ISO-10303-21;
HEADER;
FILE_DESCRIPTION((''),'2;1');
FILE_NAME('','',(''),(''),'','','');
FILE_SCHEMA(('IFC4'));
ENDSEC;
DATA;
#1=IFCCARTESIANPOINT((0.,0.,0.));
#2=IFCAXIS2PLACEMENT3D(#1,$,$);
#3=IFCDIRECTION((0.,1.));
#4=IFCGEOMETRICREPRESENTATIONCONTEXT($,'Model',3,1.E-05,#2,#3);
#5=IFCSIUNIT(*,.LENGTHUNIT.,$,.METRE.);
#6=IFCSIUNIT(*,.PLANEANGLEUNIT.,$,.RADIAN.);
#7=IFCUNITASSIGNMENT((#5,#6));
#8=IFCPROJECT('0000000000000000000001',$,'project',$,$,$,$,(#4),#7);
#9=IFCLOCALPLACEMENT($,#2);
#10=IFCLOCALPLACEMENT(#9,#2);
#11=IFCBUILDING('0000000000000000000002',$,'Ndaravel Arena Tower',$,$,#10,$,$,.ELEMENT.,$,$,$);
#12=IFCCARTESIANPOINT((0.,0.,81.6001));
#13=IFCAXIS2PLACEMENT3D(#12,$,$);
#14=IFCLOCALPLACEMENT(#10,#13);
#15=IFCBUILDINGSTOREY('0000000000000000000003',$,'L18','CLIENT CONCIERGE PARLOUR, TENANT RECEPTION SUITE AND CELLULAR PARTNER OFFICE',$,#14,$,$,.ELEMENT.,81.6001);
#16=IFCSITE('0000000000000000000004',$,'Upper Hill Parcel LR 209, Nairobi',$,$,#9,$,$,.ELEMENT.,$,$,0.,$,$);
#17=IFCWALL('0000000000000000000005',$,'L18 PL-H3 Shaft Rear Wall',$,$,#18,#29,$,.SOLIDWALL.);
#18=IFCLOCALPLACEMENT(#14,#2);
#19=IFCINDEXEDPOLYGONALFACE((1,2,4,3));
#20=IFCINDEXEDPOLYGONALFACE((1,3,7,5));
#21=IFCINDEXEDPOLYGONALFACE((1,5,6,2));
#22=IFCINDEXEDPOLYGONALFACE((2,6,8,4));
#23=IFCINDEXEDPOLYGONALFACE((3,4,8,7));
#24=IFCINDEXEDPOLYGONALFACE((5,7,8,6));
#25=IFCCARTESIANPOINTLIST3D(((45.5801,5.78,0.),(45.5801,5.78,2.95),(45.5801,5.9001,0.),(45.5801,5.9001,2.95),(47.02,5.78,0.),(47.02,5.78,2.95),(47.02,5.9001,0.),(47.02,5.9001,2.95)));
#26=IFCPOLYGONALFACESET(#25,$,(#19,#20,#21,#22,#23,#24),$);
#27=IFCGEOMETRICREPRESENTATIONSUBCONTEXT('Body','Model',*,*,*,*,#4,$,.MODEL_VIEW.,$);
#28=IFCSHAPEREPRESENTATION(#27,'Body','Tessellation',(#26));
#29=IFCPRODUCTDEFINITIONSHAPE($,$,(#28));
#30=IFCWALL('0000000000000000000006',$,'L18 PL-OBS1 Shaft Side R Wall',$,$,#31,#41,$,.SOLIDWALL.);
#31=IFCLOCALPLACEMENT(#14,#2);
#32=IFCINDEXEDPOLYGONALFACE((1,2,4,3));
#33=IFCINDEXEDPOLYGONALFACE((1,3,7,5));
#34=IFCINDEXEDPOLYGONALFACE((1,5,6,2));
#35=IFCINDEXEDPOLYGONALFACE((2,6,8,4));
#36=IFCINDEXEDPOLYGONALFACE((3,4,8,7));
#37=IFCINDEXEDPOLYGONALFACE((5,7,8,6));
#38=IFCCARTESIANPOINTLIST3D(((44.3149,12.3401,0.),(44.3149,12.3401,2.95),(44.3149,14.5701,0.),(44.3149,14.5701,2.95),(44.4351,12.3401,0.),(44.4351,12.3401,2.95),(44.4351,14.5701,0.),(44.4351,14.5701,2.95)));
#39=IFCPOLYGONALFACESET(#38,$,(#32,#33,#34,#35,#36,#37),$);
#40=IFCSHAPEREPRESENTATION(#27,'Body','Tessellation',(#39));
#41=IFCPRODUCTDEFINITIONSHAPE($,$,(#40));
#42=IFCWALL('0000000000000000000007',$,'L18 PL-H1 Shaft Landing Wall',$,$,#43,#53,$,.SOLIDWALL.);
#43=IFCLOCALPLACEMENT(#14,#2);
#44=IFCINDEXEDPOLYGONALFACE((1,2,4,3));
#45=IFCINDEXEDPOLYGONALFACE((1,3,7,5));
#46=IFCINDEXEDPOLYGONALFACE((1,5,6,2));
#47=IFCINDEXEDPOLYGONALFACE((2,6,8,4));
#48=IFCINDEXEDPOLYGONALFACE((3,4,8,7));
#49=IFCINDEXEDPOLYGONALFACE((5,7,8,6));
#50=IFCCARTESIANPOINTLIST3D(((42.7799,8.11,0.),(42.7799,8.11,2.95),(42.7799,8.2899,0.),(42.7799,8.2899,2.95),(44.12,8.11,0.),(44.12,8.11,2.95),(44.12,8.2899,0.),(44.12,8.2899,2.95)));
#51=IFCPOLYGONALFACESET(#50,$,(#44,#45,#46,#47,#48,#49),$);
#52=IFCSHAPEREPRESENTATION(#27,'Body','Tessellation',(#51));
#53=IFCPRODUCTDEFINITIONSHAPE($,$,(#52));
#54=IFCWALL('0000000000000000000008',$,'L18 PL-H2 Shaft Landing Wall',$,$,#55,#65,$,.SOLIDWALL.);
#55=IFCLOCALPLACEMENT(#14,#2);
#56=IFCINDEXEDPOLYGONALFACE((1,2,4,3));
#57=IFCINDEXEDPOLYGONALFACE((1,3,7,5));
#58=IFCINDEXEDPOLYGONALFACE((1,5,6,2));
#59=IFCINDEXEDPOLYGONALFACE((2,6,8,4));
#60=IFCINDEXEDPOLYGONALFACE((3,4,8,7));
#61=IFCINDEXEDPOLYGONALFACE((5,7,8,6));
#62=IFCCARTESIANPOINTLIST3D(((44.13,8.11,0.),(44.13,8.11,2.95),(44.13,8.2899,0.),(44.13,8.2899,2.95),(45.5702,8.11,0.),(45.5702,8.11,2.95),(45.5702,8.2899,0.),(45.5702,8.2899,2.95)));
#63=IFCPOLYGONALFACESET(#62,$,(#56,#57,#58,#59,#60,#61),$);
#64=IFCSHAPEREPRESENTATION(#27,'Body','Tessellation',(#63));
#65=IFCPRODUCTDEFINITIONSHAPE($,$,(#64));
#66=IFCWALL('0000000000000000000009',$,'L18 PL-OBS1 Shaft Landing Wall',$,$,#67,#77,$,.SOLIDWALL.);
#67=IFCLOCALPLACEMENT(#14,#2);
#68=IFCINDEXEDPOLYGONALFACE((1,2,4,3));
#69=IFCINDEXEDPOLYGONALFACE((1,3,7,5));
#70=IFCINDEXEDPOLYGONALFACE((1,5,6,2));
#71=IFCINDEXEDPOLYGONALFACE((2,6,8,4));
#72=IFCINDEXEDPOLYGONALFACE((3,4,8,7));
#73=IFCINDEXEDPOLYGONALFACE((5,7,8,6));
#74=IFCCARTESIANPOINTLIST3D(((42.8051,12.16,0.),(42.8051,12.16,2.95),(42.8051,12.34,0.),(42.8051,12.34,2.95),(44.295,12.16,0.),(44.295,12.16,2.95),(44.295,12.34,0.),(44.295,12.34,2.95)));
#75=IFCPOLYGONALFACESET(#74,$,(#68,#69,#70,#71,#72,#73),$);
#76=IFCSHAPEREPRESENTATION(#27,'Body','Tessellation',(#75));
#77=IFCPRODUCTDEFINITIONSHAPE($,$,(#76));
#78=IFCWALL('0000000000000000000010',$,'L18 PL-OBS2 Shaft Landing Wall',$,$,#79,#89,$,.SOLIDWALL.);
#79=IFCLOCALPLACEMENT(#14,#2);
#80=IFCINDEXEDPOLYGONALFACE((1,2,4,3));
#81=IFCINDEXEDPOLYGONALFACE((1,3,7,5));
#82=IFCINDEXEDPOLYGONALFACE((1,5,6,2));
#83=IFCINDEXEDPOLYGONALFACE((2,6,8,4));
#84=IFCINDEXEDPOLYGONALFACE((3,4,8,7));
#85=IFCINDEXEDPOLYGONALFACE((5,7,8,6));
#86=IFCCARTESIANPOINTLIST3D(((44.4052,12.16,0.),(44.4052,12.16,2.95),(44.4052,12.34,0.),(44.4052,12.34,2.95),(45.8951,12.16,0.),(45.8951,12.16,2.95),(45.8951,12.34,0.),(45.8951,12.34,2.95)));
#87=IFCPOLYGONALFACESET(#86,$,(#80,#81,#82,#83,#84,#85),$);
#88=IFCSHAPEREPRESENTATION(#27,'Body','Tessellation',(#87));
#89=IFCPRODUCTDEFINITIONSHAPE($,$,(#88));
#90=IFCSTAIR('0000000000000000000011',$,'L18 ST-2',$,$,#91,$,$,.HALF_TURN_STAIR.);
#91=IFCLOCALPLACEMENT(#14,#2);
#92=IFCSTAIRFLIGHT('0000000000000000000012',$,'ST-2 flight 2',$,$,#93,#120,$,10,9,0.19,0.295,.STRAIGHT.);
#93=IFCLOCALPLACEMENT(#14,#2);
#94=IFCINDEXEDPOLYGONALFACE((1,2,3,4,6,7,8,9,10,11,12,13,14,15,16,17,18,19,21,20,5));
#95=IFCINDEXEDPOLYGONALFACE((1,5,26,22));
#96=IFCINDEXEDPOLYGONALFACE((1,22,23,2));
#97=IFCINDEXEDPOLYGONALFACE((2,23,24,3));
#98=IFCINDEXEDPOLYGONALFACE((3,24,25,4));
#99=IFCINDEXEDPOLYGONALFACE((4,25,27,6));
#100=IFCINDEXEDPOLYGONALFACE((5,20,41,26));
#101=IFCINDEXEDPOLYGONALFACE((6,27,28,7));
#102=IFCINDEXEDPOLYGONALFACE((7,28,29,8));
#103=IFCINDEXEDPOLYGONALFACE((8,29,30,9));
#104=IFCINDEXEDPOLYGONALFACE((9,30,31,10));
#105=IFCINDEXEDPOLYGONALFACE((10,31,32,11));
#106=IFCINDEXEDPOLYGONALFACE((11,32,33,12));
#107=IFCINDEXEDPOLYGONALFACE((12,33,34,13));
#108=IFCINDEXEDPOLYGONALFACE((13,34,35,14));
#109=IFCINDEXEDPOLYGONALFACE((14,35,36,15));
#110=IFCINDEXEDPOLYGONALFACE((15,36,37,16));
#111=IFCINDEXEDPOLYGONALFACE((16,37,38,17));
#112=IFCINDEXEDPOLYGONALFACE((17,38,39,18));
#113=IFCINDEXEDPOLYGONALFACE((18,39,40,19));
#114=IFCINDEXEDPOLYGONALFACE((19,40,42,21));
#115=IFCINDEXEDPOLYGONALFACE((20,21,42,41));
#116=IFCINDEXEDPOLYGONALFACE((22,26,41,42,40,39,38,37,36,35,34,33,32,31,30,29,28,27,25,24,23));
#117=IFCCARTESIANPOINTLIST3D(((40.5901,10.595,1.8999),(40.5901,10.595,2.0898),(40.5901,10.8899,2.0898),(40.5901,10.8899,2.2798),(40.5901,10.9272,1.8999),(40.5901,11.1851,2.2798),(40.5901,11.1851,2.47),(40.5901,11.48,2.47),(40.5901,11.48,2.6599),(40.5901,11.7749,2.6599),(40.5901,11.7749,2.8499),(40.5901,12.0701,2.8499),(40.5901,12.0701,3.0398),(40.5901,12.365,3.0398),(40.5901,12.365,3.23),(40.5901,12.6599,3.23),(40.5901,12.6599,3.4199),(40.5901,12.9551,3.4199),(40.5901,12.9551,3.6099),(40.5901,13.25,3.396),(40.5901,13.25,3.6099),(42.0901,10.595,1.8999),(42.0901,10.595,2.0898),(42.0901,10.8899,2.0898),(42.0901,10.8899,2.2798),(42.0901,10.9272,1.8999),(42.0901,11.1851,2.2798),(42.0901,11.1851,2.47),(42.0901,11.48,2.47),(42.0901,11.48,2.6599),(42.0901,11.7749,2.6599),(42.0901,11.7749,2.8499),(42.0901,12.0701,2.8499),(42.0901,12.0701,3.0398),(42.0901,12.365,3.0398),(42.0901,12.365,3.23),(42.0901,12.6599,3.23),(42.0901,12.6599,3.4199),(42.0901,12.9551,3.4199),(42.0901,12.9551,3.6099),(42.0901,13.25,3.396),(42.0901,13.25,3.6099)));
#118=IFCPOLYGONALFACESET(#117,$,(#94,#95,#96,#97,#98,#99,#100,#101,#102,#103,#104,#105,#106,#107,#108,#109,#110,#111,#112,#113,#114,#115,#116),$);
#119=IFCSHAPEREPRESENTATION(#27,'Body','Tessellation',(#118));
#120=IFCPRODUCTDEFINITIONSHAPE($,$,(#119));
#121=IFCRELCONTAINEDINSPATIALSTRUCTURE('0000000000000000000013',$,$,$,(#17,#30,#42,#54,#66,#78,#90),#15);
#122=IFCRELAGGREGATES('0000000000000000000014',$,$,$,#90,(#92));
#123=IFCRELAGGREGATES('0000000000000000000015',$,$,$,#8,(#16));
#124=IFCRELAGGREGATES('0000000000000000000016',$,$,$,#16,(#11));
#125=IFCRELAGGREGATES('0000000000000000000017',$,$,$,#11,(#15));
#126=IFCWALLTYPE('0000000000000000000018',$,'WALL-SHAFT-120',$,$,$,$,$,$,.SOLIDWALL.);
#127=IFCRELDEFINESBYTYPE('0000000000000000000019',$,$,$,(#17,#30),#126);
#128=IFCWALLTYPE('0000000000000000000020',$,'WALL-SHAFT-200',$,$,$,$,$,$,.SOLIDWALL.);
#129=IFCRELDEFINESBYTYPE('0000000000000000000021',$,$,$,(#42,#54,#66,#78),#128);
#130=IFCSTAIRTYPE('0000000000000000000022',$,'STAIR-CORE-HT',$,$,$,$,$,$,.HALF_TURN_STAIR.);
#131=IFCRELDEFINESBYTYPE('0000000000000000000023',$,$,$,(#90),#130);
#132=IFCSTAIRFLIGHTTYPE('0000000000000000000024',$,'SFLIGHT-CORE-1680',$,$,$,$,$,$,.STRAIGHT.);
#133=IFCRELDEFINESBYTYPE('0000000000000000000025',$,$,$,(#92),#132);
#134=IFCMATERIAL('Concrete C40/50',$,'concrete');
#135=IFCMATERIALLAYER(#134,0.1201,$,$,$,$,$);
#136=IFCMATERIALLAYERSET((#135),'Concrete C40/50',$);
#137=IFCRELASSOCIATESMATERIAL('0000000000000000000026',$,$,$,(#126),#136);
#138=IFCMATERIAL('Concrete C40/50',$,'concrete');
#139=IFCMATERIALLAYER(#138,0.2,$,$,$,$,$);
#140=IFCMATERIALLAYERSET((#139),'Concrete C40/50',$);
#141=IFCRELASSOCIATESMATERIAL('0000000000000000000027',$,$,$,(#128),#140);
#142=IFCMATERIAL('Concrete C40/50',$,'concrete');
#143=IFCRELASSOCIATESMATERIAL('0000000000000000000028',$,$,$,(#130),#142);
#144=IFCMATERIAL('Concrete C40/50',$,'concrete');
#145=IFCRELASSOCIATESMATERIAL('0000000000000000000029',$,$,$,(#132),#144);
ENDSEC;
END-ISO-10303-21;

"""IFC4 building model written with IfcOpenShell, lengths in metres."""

from ifc_helpers import new_model, si_unit, direction, frame, frame_2d, origin, place, context, subcontext, project, spatial, polyline, rectangle, outline, extrude, material, layer, layer_set, type_object, element, aggregate, save


model = new_model("IFC4")

# Units and contexts
model_context = context("Model", 3, precision=1e-05, world=origin(), true_north=direction((0.0, 1.0)))
body_context = subcontext(model_context, "Body", "Model", "MODEL_VIEW")
ifc_project = project(units=[si_unit("LENGTHUNIT", "METRE"), si_unit("PLANEANGLEUNIT", "RADIAN")], contexts=[model_context])

# Site, building, storey
site_placement = place(None, origin())
site = spatial("IfcSite", under=ifc_project, at=site_placement, Name="Upper Hill Parcel LR 209, Nairobi", CompositionType="ELEMENT", RefElevation=0.0)
building_placement = place(site_placement, origin())
building = spatial("IfcBuilding", under=site, at=building_placement, Name="Ndaravel Arena Tower", CompositionType="ELEMENT")
storey_placement = place(building_placement, frame((0.0, 0.0, 81.6001)))
storey = spatial("IfcBuildingStorey", under=building, at=storey_placement, Name="L18", Description="CLIENT CONCIERGE PARLOUR, TENANT RECEPTION SUITE AND CELLULAR PARTNER OFFICE", CompositionType="ELEMENT", Elevation=81.6001)

# Walls
ifc_material_1 = material(Name="Concrete C40/50", Category="concrete")
ifc_layer_1 = layer(ifc_material_1, 0.1201)
ifc_layer_set_1 = layer_set([ifc_layer_1], Name="Concrete C40/50")
wall_type_1 = type_object("IfcWallType", Name="WALL-SHAFT-120", PredefinedType="SOLIDWALL", material=ifc_layer_set_1)
wall_1_placement = place(storey_placement, frame((45.5801, 5.8401, 0.0), z_axis=(0.0, 0.0, 1.0), x_axis=(1.0, 0.0, 0.0)))
element("IfcWall", 1, at=wall_1_placement, inside=storey, type_object=wall_type_1, Name="L18 PL-H3 Shaft Rear Wall", PredefinedType="SOLIDWALL", context=body_context, shape_type="SweptSolid", body=[
    extrude(rectangle(XDim=1.4399, YDim=0.1201, at=frame_2d((0.72, 0.0))), origin(), (0.0, 0.0, 1.0), 2.95),
])
wall_2_placement = place(storey_placement, frame((44.375, 12.3401, 0.0), z_axis=(0.0, 0.0, 1.0), x_axis=(0.0, 1.0, 0.0)))
element("IfcWall", 2, at=wall_2_placement, inside=storey, type_object=wall_type_1, Name="L18 PL-OBS1 Shaft Side R Wall", PredefinedType="SOLIDWALL", context=body_context, shape_type="SweptSolid", body=[
    extrude(rectangle(XDim=2.23, YDim=0.1201, at=frame_2d((1.115, 0.0))), origin(), (0.0, 0.0, 1.0), 2.95),
])
ifc_material_2 = material(Name="Concrete C40/50", Category="concrete")
ifc_layer_2 = layer(ifc_material_2, 0.2)
ifc_layer_set_2 = layer_set([ifc_layer_2], Name="Concrete C40/50")
wall_type_2 = type_object("IfcWallType", Name="WALL-SHAFT-200", PredefinedType="SOLIDWALL", material=ifc_layer_set_2)
wall_3_placement = place(storey_placement, frame((42.78, 8.2, 0.0), z_axis=(0.0, 0.0, 1.0), x_axis=(1.0, 0.0, 0.0)))
element("IfcWall", 3, at=wall_3_placement, inside=storey, type_object=wall_type_2, Name="L18 PL-H1 Shaft Landing Wall", PredefinedType="SOLIDWALL", context=body_context, shape_type="SweptSolid", body=[
    extrude(rectangle(XDim=1.3401, YDim=0.1799, at=frame_2d((0.6699, 0.0))), origin(), (0.0, 0.0, 1.0), 2.95),
])
wall_4_placement = place(storey_placement, frame((44.1299, 8.2, 0.0), z_axis=(0.0, 0.0, 1.0), x_axis=(1.0, 0.0, 0.0)))
element("IfcWall", 4, at=wall_4_placement, inside=storey, type_object=wall_type_2, Name="L18 PL-H2 Shaft Landing Wall", PredefinedType="SOLIDWALL", context=body_context, shape_type="SweptSolid", body=[
    extrude(rectangle(XDim=1.4402, YDim=0.1799, at=frame_2d((0.7202, 0.0))), origin(), (0.0, 0.0, 1.0), 2.95),
])
for number, where, z_axis, x_axis, name in (
    (5, (42.8049, 12.25, 0.0), (0.0, 0.0, 1.0), (1.0, 0.0, 0.0), "L18 PL-OBS1 Shaft Landing Wall"),
    (6, (44.405, 12.25, 0.0), (0.0, 0.0, 1.0), (1.0, 0.0, 0.0), "L18 PL-OBS2 Shaft Landing Wall"),
):
    element("IfcWall", number, at=place(storey_placement, frame(where, z_axis=z_axis, x_axis=x_axis)), inside=storey, type_object=wall_type_2, Name=name, PredefinedType="SOLIDWALL", context=body_context, shape_type="SweptSolid", body=[
        extrude(rectangle(XDim=1.49, YDim=0.1799, at=frame_2d((0.7451, 0.0))), origin(), (0.0, 0.0, 1.0), 2.95),
    ])

# Stair, stair flight
ifc_material_3 = material(Name="Concrete C40/50", Category="concrete")
stair_type = type_object("IfcStairType", Name="STAIR-CORE-HT", PredefinedType="HALF_TURN_STAIR", material=ifc_material_3)
stair_placement = place(storey_placement, origin())
stair = element("IfcStair", 7, at=stair_placement, inside=storey, type_object=stair_type, Name="L18 ST-2", PredefinedType="HALF_TURN_STAIR")
ifc_material_4 = material(Name="Concrete C40/50", Category="concrete")
stair_flight_type = type_object("IfcStairFlightType", Name="SFLIGHT-CORE-1680", PredefinedType="STRAIGHT", material=ifc_material_4)
stair_flight_placement = place(storey_placement, frame((41.3401, 10.595, 1.8999), z_axis=(0.0, 0.0, 1.0), x_axis=(0.0, 1.0, 0.0)))
stair_flight = element("IfcStairFlight", 8, at=stair_flight_placement, type_object=stair_flight_type, Name="ST-2 flight 2", NumberOfRisers=10, NumberOfTreads=9, PredefinedType="STRAIGHT", RiserHeight=0.19, TreadLength=0.295, context=body_context, shape_type="SweptSolid", body=[
    extrude(outline(polyline([(0.0, 0.0), (0.0, 0.1899), (0.2949, 0.1899), (0.2949, 0.3799), (0.5901, 0.3799), (0.5901, 0.5701), (0.885, 0.5701), (0.885, 0.76), (1.1799, 0.76), (1.1799, 0.95), (1.4751, 0.95), (1.4751, 1.1399), (1.77, 1.1399), (1.77, 1.3301), (2.0649, 1.3301), (2.0649, 1.52), (2.3601, 1.52), (2.3601, 1.71), (2.655, 1.71), (2.655, 1.8999), (2.655, 1.4961), (0.3323, 0.0), (0.0, 0.0)])), frame((0.0, 0.75, 0.0), z_axis=(0.0, -1.0, 0.0), x_axis=(1.0, 0.0, 0.0)), (0.0, 0.0, 1.0), 1.5),
])
aggregate(stair, [stair_flight])

save(model, "model.ifc")
